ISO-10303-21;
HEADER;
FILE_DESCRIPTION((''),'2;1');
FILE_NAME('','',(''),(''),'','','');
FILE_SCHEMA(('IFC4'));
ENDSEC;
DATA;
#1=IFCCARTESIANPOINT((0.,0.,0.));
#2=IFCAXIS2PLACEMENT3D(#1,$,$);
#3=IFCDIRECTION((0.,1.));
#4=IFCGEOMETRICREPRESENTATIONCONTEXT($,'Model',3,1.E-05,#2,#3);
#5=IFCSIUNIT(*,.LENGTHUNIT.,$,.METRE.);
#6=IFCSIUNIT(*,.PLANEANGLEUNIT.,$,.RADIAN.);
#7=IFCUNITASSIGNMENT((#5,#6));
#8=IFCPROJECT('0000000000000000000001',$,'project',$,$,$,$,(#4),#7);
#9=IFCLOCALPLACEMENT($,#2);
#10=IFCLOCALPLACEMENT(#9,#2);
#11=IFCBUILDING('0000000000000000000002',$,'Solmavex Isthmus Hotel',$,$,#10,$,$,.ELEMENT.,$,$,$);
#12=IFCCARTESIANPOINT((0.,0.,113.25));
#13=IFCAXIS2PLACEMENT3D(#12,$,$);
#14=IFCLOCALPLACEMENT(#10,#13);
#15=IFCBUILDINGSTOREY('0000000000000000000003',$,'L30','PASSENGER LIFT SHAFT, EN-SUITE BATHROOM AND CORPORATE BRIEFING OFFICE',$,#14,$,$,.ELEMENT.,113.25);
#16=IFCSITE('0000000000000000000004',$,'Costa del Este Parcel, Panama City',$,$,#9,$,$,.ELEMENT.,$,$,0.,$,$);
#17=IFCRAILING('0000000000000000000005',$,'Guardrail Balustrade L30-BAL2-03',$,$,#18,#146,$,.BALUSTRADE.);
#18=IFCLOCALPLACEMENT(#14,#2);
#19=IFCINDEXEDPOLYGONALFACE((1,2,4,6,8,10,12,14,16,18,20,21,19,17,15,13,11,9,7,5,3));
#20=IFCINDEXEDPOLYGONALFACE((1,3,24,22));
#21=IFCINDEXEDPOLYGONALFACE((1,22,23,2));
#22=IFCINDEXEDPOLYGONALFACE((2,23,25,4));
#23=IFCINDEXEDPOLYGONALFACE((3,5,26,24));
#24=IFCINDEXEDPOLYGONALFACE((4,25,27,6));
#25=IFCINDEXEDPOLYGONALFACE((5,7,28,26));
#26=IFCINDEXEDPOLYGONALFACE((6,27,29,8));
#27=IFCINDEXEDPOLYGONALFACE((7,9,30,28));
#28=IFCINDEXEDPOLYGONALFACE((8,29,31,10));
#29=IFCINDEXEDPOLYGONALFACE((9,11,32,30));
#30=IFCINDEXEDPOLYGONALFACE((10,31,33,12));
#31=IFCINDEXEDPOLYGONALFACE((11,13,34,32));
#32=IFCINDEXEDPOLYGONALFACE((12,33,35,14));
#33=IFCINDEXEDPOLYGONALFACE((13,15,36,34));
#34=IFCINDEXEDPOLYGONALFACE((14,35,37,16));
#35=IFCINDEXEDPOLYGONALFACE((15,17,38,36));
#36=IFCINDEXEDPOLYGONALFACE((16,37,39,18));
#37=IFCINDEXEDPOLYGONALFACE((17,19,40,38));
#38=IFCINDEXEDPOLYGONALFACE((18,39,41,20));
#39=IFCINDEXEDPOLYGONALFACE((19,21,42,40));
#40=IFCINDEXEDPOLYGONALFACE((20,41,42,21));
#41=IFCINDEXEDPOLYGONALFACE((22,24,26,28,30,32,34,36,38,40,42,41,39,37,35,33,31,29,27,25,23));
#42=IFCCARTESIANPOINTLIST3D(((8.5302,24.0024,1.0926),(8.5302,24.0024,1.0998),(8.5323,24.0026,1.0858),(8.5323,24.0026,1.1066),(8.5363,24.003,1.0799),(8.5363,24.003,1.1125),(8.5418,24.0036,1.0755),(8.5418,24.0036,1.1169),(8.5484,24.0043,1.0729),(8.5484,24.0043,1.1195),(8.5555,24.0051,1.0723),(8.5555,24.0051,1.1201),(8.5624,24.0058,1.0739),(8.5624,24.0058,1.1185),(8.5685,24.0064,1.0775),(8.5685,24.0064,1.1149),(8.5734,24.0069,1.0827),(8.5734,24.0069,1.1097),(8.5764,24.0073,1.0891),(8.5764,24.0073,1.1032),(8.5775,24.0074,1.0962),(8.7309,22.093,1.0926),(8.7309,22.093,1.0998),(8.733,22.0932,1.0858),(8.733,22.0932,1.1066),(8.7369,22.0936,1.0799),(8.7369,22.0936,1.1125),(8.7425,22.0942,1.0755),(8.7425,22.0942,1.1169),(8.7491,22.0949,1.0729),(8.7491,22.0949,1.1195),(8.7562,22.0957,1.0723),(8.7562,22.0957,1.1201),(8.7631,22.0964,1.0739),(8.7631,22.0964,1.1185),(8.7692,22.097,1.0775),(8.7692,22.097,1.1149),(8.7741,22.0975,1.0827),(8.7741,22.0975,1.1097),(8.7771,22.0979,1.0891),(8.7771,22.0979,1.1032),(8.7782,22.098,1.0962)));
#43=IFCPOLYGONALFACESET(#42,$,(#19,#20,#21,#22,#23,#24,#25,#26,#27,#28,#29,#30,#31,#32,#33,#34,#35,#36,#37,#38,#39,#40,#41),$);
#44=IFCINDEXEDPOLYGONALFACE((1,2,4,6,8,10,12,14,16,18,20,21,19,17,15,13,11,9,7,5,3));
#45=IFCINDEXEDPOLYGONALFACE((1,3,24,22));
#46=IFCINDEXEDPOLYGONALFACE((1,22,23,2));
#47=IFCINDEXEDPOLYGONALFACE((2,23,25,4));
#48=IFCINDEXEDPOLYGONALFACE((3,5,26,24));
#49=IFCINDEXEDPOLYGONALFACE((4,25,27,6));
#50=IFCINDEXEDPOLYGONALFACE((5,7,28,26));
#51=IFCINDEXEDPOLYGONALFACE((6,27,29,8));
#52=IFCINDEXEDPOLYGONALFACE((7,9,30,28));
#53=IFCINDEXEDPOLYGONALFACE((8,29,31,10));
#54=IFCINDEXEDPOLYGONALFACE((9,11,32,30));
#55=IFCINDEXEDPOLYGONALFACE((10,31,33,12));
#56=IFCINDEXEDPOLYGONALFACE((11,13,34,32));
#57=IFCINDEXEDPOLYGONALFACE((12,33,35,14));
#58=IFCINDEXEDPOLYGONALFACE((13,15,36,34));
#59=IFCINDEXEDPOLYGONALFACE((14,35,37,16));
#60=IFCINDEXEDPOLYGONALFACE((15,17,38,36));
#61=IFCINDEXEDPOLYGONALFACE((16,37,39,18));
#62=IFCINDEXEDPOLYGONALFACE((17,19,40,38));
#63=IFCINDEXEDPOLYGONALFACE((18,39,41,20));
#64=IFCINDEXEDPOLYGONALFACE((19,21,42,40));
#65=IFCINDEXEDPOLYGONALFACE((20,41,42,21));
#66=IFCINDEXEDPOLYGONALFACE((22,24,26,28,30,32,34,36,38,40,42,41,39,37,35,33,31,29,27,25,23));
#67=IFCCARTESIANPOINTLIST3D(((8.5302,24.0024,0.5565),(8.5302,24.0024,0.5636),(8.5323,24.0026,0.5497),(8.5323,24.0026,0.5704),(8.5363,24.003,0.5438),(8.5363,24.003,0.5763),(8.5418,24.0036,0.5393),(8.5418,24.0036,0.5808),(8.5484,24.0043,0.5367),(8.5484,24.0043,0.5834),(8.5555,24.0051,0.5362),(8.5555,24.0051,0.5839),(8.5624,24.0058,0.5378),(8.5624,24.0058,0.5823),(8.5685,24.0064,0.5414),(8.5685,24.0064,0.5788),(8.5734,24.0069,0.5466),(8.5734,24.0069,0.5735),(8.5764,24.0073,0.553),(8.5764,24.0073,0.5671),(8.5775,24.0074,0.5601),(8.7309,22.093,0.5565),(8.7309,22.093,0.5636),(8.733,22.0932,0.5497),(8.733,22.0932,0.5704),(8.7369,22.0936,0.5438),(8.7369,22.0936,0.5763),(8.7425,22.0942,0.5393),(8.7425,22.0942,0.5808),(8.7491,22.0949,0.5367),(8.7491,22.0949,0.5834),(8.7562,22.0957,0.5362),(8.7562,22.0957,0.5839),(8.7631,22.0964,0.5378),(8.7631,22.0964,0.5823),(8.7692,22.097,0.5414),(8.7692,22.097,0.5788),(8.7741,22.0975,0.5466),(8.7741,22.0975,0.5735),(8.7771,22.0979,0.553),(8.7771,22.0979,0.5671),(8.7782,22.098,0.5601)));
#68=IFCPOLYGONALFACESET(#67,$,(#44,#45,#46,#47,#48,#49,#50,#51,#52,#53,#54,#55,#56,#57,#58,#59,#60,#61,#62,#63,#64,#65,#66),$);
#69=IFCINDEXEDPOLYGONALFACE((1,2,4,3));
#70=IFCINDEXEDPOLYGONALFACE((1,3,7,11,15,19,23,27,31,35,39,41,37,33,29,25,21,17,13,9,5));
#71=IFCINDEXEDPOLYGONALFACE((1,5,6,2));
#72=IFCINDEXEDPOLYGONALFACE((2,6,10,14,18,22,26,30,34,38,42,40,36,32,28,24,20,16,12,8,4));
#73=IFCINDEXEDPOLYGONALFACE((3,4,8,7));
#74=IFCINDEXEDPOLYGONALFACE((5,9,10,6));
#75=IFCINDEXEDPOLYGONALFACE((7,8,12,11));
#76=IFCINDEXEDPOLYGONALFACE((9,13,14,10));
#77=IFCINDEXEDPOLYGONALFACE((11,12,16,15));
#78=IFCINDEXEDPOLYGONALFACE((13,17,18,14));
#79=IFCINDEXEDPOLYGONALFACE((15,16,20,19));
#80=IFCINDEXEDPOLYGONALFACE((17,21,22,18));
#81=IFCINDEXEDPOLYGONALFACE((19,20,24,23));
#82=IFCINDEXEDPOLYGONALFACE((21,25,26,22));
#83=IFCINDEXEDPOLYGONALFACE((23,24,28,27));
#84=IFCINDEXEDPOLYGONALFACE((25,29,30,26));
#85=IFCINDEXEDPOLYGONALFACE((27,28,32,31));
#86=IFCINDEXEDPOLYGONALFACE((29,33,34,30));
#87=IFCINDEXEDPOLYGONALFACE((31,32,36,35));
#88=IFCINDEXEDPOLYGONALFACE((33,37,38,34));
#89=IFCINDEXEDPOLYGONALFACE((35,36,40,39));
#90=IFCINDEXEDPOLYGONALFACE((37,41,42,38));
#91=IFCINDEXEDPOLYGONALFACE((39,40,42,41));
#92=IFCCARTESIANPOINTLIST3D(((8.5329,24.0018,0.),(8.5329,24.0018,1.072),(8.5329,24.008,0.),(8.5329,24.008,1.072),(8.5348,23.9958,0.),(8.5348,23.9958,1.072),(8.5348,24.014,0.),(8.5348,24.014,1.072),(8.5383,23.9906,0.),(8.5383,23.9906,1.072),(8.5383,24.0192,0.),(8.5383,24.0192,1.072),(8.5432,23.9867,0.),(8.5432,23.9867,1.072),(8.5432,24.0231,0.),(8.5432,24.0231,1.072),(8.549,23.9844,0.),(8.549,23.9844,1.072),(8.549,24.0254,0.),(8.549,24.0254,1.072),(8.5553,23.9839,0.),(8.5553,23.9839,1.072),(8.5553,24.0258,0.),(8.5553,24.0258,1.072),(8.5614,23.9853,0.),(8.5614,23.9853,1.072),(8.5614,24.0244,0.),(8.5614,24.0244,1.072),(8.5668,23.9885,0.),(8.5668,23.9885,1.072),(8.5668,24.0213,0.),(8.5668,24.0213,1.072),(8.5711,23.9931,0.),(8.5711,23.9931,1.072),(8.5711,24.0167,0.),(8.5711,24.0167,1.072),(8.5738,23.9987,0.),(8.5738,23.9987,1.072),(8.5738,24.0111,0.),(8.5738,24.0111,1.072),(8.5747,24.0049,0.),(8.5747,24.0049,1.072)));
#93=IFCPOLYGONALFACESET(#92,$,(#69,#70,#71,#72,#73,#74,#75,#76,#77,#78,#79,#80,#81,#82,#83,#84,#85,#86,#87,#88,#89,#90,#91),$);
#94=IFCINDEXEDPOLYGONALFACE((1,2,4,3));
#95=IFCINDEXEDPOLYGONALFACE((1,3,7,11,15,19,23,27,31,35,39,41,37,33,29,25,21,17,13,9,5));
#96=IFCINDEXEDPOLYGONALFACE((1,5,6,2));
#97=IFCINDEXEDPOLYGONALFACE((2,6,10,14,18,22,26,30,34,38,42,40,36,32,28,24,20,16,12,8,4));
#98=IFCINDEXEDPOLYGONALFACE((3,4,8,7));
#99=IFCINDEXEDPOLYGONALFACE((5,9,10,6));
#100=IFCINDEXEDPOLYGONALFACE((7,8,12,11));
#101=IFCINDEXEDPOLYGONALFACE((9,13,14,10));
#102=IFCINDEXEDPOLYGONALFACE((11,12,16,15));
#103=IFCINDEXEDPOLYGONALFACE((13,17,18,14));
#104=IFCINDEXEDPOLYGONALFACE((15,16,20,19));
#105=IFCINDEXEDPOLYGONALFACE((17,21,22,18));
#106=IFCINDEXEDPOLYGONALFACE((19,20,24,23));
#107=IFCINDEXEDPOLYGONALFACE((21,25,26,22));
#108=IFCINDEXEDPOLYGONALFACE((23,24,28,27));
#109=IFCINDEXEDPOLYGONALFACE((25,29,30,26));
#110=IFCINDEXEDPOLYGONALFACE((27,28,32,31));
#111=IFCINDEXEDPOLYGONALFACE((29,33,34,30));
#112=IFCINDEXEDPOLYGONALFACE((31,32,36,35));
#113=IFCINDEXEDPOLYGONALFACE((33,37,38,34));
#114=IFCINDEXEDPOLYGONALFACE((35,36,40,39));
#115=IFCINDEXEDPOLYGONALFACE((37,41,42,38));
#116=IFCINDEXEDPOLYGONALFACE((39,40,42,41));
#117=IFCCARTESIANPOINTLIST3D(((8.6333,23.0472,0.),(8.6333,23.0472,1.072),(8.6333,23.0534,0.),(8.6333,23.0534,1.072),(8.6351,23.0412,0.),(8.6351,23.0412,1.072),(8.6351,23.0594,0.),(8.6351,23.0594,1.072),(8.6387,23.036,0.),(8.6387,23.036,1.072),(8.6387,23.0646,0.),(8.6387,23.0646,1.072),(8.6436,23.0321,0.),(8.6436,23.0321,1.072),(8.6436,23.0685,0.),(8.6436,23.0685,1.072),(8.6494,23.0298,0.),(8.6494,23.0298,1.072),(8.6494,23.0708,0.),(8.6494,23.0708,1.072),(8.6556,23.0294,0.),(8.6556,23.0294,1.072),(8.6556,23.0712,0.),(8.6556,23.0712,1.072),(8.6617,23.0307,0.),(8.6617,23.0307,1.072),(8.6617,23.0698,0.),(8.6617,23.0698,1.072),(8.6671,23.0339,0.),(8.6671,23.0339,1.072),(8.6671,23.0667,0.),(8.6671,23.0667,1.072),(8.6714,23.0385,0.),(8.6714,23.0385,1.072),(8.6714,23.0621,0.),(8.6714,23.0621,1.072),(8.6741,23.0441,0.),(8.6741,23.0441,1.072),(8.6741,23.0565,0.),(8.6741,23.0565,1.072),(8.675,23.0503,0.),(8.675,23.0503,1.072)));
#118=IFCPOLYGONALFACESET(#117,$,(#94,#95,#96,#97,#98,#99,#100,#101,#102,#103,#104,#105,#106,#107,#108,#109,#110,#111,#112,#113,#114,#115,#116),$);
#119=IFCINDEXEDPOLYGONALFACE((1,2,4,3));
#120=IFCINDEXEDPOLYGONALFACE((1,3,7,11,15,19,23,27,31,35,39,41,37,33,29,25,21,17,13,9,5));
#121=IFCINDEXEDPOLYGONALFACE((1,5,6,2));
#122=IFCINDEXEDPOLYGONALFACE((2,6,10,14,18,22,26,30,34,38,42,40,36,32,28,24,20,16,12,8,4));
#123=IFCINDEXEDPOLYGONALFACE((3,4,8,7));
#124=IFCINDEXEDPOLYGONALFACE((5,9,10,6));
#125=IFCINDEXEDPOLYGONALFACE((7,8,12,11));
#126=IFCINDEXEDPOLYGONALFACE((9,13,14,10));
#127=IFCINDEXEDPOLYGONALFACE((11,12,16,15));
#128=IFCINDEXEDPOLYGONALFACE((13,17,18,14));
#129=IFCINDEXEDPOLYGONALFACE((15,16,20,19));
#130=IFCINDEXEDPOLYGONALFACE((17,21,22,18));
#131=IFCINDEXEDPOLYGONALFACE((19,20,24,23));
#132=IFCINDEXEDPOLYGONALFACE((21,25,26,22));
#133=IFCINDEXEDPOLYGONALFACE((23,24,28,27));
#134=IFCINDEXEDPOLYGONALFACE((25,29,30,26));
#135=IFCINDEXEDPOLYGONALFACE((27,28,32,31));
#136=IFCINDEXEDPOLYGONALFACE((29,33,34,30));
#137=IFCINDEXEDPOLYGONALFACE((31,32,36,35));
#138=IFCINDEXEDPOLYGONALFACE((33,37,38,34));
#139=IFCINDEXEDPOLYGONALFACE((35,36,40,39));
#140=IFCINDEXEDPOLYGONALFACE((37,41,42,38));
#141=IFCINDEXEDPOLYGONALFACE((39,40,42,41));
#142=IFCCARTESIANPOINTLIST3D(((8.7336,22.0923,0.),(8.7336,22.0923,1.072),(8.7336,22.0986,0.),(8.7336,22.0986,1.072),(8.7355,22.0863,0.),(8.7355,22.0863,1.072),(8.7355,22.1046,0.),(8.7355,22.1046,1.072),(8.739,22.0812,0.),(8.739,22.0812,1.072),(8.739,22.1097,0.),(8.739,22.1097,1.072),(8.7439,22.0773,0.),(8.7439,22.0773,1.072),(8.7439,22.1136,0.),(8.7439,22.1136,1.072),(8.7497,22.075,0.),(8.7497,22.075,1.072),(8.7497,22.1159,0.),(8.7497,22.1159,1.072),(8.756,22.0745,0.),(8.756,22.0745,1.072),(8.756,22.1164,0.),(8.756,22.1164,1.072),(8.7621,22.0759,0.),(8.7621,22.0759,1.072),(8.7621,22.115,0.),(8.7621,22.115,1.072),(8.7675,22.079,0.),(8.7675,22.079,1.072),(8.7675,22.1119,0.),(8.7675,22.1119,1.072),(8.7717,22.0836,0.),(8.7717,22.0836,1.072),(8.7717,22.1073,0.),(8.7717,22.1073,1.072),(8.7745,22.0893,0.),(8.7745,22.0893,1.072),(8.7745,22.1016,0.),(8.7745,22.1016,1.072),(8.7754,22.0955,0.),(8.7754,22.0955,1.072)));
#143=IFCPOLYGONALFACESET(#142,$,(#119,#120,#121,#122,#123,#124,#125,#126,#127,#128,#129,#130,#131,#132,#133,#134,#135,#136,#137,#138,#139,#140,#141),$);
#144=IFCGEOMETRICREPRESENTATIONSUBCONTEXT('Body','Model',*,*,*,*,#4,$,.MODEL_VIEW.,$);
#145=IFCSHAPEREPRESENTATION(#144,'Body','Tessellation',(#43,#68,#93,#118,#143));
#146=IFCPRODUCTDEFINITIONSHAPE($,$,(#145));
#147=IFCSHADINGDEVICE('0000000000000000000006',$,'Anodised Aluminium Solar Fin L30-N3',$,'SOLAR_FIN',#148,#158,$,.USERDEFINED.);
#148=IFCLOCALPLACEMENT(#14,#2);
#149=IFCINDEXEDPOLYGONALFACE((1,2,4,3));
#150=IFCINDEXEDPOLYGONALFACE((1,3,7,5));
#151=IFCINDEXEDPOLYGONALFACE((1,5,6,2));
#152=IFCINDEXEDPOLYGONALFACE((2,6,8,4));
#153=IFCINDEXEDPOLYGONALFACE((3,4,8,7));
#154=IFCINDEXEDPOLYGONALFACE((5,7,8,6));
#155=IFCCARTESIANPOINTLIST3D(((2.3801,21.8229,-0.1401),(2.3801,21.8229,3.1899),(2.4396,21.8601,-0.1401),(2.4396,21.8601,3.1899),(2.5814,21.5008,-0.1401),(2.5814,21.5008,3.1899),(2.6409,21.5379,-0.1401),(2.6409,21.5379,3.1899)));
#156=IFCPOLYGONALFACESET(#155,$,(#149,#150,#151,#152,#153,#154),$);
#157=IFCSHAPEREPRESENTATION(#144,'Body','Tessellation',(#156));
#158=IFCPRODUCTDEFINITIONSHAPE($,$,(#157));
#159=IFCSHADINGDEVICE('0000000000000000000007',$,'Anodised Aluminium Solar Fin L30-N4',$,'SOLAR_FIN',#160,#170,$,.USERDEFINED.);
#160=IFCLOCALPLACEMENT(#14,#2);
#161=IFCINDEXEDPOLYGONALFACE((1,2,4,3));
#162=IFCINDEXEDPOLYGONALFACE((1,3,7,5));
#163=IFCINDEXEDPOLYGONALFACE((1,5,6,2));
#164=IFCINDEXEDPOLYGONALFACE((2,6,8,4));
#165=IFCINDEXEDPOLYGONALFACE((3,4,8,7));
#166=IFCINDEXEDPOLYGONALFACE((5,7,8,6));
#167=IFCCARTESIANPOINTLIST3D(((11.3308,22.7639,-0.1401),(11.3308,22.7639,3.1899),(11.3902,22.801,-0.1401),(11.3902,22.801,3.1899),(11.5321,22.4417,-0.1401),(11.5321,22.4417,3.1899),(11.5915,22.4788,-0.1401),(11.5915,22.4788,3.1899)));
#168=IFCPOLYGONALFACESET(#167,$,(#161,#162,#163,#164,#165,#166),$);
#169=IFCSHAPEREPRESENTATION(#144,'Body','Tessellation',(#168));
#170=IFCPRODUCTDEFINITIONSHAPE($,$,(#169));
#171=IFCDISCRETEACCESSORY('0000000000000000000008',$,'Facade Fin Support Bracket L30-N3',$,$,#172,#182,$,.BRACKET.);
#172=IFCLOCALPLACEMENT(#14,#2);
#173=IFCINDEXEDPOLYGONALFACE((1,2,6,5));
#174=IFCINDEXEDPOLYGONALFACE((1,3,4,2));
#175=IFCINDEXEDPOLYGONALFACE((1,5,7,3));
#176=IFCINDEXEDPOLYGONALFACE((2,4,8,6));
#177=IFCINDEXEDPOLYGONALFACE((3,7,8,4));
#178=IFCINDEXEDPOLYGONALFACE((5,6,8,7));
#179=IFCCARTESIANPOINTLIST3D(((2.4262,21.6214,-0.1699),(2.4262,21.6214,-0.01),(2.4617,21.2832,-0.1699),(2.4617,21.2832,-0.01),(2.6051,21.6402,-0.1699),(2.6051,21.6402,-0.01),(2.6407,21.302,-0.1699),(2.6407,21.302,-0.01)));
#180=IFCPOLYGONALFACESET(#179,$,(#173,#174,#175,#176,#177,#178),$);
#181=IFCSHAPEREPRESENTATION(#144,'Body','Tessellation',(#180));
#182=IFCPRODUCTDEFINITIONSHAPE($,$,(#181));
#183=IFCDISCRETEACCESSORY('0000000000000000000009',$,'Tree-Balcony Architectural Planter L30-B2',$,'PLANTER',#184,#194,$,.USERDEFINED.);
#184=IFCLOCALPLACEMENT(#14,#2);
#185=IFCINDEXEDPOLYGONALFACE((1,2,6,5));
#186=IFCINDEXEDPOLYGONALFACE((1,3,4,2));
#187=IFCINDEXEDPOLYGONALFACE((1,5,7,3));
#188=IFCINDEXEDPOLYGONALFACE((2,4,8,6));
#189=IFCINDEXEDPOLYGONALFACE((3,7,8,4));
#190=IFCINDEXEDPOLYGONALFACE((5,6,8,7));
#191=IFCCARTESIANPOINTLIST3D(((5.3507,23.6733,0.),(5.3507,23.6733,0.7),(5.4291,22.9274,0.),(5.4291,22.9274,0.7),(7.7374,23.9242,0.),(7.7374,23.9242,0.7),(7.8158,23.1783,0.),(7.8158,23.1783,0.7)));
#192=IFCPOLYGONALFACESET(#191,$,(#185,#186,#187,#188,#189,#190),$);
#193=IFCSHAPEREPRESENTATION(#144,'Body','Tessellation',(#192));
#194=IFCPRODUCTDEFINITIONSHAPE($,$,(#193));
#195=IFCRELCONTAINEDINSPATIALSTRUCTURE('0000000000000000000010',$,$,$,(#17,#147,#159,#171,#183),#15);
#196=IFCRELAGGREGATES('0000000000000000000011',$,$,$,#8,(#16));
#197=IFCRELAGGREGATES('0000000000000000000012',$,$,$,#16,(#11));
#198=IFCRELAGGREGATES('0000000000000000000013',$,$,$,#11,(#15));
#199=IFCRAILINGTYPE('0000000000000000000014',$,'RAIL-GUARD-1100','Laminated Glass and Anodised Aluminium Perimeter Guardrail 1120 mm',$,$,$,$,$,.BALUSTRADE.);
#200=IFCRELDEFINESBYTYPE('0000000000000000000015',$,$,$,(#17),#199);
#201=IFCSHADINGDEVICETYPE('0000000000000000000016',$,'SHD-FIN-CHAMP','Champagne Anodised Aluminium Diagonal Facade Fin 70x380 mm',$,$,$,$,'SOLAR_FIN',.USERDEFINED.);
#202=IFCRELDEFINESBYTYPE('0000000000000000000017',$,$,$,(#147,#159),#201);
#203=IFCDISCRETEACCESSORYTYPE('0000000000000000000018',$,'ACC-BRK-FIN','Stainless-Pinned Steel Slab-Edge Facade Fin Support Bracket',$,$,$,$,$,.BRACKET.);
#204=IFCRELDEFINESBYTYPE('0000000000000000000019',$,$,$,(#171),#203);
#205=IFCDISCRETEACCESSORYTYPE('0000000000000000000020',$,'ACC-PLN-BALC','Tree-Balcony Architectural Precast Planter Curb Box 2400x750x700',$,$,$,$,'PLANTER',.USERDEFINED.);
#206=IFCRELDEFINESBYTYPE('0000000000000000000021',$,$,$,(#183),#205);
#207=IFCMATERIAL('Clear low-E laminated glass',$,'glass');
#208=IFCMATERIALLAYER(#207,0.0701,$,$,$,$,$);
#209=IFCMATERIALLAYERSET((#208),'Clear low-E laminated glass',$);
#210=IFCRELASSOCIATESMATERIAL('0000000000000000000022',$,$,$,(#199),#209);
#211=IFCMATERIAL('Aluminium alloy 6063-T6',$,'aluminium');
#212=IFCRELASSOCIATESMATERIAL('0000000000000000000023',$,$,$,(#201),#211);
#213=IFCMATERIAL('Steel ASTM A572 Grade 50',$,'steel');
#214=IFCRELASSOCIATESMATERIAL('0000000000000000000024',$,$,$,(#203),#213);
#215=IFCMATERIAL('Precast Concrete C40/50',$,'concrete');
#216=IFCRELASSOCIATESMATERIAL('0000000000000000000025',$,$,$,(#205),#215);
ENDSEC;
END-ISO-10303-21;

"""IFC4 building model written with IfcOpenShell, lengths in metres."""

from ifc_helpers import new_model, si_unit, direction, frame, origin, origin_2d, place, context, subcontext, project, spatial, rectangle, circle, extrude, material, layer, layer_set, type_object, element, save


model = new_model("IFC4")

# Units and contexts
model_context = context("Model", 3, precision=1e-05, world=origin(), true_north=direction((0.0, 1.0)))
body_context = subcontext(model_context, "Body", "Model", "MODEL_VIEW")
ifc_project = project(units=[si_unit("LENGTHUNIT", "METRE"), si_unit("PLANEANGLEUNIT", "RADIAN")], contexts=[model_context])

# Site, building, storey
site_placement = place(None, origin())
site = spatial("IfcSite", under=ifc_project, at=site_placement, Name="Costa del Este Parcel, Panama City", CompositionType="ELEMENT", RefElevation=0.0)
building_placement = place(site_placement, origin())
building = spatial("IfcBuilding", under=site, at=building_placement, Name="Solmavex Isthmus Hotel", CompositionType="ELEMENT")
storey_placement = place(building_placement, frame((0.0, 0.0, 113.25)))
storey = spatial("IfcBuildingStorey", under=building, at=storey_placement, Name="L30", Description="PASSENGER LIFT SHAFT, EN-SUITE BATHROOM AND CORPORATE BRIEFING OFFICE", CompositionType="ELEMENT", Elevation=113.25)

# Shared definitions
ifc_material_1 = material(Name="Aluminium alloy 6063-T6", Category="aluminium")

# Shared definitions
ifc_material_2 = material(Name="Clear low-E laminated glass", Category="glass")

# Shared definitions
ifc_material_3 = material(Name="Precast Concrete C40/50", Category="concrete")

# Railing
ifc_layer_1 = layer(ifc_material_2, 0.0701)
ifc_layer_set_1 = layer_set([ifc_layer_1], Name="Clear low-E laminated glass")
railing_type = type_object("IfcRailingType", Name="RAIL-GUARD-1100", Description="Laminated Glass and Anodised Aluminium Perimeter Guardrail 1120 mm", PredefinedType="BALUSTRADE", material=ifc_layer_set_1)
railing_1_placement = place(storey_placement, frame((8.5537, 24.0049, 0.0)))
element("IfcRailing", 1, at=railing_1_placement, inside=storey, type_object=railing_type, Name="Guardrail Balustrade L30-BAL2-03", PredefinedType="BALUSTRADE", context=body_context, shape_type="SweptSolid", body=[
    extrude(circle(Radius=0.0239, at=origin_2d()), frame((0.0, 0.0, 1.0962), z_axis=(0.104526, -0.994522, 0.0), x_axis=(0.994522, 0.104526, 0.0)), (0.0, 0.0, 1.0), 1.9199),
    extrude(circle(Radius=0.0239, at=origin_2d()), frame((0.0, 0.0, 0.5601), z_axis=(0.104526, -0.994522, 0.0), x_axis=(0.994522, 0.104526, 0.0)), (0.0, 0.0, 1.0), 1.9199),
    extrude(circle(Radius=0.021, at=origin_2d()), origin(), (0.0, 0.0, 1.0), 1.072),
    extrude(circle(Radius=0.021, at=origin_2d()), frame((0.1003, -0.9546, 0.0)), (0.0, 0.0, 1.0), 1.072),
    extrude(circle(Radius=0.021, at=origin_2d()), frame((0.2007, -1.9094, 0.0)), (0.0, 0.0, 1.0), 1.072),
])

# Shading devices
shading_device_type = type_object("IfcShadingDeviceType", Name="SHD-FIN-CHAMP", Description="Champagne Anodised Aluminium Diagonal Facade Fin 70x380 mm", ElementType="SOLAR_FIN", PredefinedType="USERDEFINED", material=ifc_material_1)
for number, where, z_axis, x_axis, name in (
    (2, (2.5105, 21.6804, -0.1401), (0.0, 0.0, 1.0), (-0.529919, 0.848048, 0.0), "Anodised Aluminium Solar Fin L30-N3"),
    (3, (11.4612, 22.6213, -0.1401), (0.0, 0.0, 1.0), (-0.529919, 0.848048, 0.0), "Anodised Aluminium Solar Fin L30-N4"),
):
    element("IfcShadingDevice", number, at=place(storey_placement, frame(where, z_axis=z_axis, x_axis=x_axis)), inside=storey, type_object=shading_device_type, Name=name, ObjectType="SOLAR_FIN", PredefinedType="USERDEFINED", context=body_context, shape_type="SweptSolid", body=[
        extrude(rectangle(XDim=0.3799, YDim=0.0701, at=origin_2d()), origin(), (0.0, 0.0, 1.0), 3.3301),
    ])

# Discrete accessories
ifc_material_4 = material(Name="Steel ASTM A572 Grade 50", Category="steel")
discrete_accessory_type_1 = type_object("IfcDiscreteAccessoryType", Name="ACC-BRK-FIN", Description="Stainless-Pinned Steel Slab-Edge Facade Fin Support Bracket", PredefinedType="BRACKET", material=ifc_material_4)
discrete_accessory_1_placement = place(storey_placement, frame((2.5334, 21.4617, -0.1699), z_axis=(0.0, 0.0, 1.0), x_axis=(-0.104528, 0.994522, 0.0)))
element("IfcDiscreteAccessory", 4, at=discrete_accessory_1_placement, inside=storey, type_object=discrete_accessory_type_1, Name="Facade Fin Support Bracket L30-N3", PredefinedType="BRACKET", context=body_context, shape_type="SweptSolid", body=[
    extrude(rectangle(XDim=0.3401, YDim=0.1799, at=origin_2d()), origin(), (0.0, 0.0, 1.0), 0.1599),
])
discrete_accessory_type_2 = type_object("IfcDiscreteAccessoryType", Name="ACC-PLN-BALC", Description="Tree-Balcony Architectural Precast Planter Curb Box 2400x750x700", ElementType="PLANTER", PredefinedType="USERDEFINED", material=ifc_material_3)
discrete_accessory_2_placement = place(storey_placement, frame((6.5833, 23.4258, 0.0), z_axis=(0.0, 0.0, 1.0), x_axis=(0.994522, 0.104528, 0.0)))
element("IfcDiscreteAccessory", 5, at=discrete_accessory_2_placement, inside=storey, type_object=discrete_accessory_type_2, Name="Tree-Balcony Architectural Planter L30-B2", ObjectType="PLANTER", PredefinedType="USERDEFINED", context=body_context, shape_type="SweptSolid", body=[
    extrude(rectangle(XDim=2.3999, YDim=0.75, at=origin_2d()), origin(), (0.0, 0.0, 1.0), 0.7),
])

save(model, "model.ifc")
